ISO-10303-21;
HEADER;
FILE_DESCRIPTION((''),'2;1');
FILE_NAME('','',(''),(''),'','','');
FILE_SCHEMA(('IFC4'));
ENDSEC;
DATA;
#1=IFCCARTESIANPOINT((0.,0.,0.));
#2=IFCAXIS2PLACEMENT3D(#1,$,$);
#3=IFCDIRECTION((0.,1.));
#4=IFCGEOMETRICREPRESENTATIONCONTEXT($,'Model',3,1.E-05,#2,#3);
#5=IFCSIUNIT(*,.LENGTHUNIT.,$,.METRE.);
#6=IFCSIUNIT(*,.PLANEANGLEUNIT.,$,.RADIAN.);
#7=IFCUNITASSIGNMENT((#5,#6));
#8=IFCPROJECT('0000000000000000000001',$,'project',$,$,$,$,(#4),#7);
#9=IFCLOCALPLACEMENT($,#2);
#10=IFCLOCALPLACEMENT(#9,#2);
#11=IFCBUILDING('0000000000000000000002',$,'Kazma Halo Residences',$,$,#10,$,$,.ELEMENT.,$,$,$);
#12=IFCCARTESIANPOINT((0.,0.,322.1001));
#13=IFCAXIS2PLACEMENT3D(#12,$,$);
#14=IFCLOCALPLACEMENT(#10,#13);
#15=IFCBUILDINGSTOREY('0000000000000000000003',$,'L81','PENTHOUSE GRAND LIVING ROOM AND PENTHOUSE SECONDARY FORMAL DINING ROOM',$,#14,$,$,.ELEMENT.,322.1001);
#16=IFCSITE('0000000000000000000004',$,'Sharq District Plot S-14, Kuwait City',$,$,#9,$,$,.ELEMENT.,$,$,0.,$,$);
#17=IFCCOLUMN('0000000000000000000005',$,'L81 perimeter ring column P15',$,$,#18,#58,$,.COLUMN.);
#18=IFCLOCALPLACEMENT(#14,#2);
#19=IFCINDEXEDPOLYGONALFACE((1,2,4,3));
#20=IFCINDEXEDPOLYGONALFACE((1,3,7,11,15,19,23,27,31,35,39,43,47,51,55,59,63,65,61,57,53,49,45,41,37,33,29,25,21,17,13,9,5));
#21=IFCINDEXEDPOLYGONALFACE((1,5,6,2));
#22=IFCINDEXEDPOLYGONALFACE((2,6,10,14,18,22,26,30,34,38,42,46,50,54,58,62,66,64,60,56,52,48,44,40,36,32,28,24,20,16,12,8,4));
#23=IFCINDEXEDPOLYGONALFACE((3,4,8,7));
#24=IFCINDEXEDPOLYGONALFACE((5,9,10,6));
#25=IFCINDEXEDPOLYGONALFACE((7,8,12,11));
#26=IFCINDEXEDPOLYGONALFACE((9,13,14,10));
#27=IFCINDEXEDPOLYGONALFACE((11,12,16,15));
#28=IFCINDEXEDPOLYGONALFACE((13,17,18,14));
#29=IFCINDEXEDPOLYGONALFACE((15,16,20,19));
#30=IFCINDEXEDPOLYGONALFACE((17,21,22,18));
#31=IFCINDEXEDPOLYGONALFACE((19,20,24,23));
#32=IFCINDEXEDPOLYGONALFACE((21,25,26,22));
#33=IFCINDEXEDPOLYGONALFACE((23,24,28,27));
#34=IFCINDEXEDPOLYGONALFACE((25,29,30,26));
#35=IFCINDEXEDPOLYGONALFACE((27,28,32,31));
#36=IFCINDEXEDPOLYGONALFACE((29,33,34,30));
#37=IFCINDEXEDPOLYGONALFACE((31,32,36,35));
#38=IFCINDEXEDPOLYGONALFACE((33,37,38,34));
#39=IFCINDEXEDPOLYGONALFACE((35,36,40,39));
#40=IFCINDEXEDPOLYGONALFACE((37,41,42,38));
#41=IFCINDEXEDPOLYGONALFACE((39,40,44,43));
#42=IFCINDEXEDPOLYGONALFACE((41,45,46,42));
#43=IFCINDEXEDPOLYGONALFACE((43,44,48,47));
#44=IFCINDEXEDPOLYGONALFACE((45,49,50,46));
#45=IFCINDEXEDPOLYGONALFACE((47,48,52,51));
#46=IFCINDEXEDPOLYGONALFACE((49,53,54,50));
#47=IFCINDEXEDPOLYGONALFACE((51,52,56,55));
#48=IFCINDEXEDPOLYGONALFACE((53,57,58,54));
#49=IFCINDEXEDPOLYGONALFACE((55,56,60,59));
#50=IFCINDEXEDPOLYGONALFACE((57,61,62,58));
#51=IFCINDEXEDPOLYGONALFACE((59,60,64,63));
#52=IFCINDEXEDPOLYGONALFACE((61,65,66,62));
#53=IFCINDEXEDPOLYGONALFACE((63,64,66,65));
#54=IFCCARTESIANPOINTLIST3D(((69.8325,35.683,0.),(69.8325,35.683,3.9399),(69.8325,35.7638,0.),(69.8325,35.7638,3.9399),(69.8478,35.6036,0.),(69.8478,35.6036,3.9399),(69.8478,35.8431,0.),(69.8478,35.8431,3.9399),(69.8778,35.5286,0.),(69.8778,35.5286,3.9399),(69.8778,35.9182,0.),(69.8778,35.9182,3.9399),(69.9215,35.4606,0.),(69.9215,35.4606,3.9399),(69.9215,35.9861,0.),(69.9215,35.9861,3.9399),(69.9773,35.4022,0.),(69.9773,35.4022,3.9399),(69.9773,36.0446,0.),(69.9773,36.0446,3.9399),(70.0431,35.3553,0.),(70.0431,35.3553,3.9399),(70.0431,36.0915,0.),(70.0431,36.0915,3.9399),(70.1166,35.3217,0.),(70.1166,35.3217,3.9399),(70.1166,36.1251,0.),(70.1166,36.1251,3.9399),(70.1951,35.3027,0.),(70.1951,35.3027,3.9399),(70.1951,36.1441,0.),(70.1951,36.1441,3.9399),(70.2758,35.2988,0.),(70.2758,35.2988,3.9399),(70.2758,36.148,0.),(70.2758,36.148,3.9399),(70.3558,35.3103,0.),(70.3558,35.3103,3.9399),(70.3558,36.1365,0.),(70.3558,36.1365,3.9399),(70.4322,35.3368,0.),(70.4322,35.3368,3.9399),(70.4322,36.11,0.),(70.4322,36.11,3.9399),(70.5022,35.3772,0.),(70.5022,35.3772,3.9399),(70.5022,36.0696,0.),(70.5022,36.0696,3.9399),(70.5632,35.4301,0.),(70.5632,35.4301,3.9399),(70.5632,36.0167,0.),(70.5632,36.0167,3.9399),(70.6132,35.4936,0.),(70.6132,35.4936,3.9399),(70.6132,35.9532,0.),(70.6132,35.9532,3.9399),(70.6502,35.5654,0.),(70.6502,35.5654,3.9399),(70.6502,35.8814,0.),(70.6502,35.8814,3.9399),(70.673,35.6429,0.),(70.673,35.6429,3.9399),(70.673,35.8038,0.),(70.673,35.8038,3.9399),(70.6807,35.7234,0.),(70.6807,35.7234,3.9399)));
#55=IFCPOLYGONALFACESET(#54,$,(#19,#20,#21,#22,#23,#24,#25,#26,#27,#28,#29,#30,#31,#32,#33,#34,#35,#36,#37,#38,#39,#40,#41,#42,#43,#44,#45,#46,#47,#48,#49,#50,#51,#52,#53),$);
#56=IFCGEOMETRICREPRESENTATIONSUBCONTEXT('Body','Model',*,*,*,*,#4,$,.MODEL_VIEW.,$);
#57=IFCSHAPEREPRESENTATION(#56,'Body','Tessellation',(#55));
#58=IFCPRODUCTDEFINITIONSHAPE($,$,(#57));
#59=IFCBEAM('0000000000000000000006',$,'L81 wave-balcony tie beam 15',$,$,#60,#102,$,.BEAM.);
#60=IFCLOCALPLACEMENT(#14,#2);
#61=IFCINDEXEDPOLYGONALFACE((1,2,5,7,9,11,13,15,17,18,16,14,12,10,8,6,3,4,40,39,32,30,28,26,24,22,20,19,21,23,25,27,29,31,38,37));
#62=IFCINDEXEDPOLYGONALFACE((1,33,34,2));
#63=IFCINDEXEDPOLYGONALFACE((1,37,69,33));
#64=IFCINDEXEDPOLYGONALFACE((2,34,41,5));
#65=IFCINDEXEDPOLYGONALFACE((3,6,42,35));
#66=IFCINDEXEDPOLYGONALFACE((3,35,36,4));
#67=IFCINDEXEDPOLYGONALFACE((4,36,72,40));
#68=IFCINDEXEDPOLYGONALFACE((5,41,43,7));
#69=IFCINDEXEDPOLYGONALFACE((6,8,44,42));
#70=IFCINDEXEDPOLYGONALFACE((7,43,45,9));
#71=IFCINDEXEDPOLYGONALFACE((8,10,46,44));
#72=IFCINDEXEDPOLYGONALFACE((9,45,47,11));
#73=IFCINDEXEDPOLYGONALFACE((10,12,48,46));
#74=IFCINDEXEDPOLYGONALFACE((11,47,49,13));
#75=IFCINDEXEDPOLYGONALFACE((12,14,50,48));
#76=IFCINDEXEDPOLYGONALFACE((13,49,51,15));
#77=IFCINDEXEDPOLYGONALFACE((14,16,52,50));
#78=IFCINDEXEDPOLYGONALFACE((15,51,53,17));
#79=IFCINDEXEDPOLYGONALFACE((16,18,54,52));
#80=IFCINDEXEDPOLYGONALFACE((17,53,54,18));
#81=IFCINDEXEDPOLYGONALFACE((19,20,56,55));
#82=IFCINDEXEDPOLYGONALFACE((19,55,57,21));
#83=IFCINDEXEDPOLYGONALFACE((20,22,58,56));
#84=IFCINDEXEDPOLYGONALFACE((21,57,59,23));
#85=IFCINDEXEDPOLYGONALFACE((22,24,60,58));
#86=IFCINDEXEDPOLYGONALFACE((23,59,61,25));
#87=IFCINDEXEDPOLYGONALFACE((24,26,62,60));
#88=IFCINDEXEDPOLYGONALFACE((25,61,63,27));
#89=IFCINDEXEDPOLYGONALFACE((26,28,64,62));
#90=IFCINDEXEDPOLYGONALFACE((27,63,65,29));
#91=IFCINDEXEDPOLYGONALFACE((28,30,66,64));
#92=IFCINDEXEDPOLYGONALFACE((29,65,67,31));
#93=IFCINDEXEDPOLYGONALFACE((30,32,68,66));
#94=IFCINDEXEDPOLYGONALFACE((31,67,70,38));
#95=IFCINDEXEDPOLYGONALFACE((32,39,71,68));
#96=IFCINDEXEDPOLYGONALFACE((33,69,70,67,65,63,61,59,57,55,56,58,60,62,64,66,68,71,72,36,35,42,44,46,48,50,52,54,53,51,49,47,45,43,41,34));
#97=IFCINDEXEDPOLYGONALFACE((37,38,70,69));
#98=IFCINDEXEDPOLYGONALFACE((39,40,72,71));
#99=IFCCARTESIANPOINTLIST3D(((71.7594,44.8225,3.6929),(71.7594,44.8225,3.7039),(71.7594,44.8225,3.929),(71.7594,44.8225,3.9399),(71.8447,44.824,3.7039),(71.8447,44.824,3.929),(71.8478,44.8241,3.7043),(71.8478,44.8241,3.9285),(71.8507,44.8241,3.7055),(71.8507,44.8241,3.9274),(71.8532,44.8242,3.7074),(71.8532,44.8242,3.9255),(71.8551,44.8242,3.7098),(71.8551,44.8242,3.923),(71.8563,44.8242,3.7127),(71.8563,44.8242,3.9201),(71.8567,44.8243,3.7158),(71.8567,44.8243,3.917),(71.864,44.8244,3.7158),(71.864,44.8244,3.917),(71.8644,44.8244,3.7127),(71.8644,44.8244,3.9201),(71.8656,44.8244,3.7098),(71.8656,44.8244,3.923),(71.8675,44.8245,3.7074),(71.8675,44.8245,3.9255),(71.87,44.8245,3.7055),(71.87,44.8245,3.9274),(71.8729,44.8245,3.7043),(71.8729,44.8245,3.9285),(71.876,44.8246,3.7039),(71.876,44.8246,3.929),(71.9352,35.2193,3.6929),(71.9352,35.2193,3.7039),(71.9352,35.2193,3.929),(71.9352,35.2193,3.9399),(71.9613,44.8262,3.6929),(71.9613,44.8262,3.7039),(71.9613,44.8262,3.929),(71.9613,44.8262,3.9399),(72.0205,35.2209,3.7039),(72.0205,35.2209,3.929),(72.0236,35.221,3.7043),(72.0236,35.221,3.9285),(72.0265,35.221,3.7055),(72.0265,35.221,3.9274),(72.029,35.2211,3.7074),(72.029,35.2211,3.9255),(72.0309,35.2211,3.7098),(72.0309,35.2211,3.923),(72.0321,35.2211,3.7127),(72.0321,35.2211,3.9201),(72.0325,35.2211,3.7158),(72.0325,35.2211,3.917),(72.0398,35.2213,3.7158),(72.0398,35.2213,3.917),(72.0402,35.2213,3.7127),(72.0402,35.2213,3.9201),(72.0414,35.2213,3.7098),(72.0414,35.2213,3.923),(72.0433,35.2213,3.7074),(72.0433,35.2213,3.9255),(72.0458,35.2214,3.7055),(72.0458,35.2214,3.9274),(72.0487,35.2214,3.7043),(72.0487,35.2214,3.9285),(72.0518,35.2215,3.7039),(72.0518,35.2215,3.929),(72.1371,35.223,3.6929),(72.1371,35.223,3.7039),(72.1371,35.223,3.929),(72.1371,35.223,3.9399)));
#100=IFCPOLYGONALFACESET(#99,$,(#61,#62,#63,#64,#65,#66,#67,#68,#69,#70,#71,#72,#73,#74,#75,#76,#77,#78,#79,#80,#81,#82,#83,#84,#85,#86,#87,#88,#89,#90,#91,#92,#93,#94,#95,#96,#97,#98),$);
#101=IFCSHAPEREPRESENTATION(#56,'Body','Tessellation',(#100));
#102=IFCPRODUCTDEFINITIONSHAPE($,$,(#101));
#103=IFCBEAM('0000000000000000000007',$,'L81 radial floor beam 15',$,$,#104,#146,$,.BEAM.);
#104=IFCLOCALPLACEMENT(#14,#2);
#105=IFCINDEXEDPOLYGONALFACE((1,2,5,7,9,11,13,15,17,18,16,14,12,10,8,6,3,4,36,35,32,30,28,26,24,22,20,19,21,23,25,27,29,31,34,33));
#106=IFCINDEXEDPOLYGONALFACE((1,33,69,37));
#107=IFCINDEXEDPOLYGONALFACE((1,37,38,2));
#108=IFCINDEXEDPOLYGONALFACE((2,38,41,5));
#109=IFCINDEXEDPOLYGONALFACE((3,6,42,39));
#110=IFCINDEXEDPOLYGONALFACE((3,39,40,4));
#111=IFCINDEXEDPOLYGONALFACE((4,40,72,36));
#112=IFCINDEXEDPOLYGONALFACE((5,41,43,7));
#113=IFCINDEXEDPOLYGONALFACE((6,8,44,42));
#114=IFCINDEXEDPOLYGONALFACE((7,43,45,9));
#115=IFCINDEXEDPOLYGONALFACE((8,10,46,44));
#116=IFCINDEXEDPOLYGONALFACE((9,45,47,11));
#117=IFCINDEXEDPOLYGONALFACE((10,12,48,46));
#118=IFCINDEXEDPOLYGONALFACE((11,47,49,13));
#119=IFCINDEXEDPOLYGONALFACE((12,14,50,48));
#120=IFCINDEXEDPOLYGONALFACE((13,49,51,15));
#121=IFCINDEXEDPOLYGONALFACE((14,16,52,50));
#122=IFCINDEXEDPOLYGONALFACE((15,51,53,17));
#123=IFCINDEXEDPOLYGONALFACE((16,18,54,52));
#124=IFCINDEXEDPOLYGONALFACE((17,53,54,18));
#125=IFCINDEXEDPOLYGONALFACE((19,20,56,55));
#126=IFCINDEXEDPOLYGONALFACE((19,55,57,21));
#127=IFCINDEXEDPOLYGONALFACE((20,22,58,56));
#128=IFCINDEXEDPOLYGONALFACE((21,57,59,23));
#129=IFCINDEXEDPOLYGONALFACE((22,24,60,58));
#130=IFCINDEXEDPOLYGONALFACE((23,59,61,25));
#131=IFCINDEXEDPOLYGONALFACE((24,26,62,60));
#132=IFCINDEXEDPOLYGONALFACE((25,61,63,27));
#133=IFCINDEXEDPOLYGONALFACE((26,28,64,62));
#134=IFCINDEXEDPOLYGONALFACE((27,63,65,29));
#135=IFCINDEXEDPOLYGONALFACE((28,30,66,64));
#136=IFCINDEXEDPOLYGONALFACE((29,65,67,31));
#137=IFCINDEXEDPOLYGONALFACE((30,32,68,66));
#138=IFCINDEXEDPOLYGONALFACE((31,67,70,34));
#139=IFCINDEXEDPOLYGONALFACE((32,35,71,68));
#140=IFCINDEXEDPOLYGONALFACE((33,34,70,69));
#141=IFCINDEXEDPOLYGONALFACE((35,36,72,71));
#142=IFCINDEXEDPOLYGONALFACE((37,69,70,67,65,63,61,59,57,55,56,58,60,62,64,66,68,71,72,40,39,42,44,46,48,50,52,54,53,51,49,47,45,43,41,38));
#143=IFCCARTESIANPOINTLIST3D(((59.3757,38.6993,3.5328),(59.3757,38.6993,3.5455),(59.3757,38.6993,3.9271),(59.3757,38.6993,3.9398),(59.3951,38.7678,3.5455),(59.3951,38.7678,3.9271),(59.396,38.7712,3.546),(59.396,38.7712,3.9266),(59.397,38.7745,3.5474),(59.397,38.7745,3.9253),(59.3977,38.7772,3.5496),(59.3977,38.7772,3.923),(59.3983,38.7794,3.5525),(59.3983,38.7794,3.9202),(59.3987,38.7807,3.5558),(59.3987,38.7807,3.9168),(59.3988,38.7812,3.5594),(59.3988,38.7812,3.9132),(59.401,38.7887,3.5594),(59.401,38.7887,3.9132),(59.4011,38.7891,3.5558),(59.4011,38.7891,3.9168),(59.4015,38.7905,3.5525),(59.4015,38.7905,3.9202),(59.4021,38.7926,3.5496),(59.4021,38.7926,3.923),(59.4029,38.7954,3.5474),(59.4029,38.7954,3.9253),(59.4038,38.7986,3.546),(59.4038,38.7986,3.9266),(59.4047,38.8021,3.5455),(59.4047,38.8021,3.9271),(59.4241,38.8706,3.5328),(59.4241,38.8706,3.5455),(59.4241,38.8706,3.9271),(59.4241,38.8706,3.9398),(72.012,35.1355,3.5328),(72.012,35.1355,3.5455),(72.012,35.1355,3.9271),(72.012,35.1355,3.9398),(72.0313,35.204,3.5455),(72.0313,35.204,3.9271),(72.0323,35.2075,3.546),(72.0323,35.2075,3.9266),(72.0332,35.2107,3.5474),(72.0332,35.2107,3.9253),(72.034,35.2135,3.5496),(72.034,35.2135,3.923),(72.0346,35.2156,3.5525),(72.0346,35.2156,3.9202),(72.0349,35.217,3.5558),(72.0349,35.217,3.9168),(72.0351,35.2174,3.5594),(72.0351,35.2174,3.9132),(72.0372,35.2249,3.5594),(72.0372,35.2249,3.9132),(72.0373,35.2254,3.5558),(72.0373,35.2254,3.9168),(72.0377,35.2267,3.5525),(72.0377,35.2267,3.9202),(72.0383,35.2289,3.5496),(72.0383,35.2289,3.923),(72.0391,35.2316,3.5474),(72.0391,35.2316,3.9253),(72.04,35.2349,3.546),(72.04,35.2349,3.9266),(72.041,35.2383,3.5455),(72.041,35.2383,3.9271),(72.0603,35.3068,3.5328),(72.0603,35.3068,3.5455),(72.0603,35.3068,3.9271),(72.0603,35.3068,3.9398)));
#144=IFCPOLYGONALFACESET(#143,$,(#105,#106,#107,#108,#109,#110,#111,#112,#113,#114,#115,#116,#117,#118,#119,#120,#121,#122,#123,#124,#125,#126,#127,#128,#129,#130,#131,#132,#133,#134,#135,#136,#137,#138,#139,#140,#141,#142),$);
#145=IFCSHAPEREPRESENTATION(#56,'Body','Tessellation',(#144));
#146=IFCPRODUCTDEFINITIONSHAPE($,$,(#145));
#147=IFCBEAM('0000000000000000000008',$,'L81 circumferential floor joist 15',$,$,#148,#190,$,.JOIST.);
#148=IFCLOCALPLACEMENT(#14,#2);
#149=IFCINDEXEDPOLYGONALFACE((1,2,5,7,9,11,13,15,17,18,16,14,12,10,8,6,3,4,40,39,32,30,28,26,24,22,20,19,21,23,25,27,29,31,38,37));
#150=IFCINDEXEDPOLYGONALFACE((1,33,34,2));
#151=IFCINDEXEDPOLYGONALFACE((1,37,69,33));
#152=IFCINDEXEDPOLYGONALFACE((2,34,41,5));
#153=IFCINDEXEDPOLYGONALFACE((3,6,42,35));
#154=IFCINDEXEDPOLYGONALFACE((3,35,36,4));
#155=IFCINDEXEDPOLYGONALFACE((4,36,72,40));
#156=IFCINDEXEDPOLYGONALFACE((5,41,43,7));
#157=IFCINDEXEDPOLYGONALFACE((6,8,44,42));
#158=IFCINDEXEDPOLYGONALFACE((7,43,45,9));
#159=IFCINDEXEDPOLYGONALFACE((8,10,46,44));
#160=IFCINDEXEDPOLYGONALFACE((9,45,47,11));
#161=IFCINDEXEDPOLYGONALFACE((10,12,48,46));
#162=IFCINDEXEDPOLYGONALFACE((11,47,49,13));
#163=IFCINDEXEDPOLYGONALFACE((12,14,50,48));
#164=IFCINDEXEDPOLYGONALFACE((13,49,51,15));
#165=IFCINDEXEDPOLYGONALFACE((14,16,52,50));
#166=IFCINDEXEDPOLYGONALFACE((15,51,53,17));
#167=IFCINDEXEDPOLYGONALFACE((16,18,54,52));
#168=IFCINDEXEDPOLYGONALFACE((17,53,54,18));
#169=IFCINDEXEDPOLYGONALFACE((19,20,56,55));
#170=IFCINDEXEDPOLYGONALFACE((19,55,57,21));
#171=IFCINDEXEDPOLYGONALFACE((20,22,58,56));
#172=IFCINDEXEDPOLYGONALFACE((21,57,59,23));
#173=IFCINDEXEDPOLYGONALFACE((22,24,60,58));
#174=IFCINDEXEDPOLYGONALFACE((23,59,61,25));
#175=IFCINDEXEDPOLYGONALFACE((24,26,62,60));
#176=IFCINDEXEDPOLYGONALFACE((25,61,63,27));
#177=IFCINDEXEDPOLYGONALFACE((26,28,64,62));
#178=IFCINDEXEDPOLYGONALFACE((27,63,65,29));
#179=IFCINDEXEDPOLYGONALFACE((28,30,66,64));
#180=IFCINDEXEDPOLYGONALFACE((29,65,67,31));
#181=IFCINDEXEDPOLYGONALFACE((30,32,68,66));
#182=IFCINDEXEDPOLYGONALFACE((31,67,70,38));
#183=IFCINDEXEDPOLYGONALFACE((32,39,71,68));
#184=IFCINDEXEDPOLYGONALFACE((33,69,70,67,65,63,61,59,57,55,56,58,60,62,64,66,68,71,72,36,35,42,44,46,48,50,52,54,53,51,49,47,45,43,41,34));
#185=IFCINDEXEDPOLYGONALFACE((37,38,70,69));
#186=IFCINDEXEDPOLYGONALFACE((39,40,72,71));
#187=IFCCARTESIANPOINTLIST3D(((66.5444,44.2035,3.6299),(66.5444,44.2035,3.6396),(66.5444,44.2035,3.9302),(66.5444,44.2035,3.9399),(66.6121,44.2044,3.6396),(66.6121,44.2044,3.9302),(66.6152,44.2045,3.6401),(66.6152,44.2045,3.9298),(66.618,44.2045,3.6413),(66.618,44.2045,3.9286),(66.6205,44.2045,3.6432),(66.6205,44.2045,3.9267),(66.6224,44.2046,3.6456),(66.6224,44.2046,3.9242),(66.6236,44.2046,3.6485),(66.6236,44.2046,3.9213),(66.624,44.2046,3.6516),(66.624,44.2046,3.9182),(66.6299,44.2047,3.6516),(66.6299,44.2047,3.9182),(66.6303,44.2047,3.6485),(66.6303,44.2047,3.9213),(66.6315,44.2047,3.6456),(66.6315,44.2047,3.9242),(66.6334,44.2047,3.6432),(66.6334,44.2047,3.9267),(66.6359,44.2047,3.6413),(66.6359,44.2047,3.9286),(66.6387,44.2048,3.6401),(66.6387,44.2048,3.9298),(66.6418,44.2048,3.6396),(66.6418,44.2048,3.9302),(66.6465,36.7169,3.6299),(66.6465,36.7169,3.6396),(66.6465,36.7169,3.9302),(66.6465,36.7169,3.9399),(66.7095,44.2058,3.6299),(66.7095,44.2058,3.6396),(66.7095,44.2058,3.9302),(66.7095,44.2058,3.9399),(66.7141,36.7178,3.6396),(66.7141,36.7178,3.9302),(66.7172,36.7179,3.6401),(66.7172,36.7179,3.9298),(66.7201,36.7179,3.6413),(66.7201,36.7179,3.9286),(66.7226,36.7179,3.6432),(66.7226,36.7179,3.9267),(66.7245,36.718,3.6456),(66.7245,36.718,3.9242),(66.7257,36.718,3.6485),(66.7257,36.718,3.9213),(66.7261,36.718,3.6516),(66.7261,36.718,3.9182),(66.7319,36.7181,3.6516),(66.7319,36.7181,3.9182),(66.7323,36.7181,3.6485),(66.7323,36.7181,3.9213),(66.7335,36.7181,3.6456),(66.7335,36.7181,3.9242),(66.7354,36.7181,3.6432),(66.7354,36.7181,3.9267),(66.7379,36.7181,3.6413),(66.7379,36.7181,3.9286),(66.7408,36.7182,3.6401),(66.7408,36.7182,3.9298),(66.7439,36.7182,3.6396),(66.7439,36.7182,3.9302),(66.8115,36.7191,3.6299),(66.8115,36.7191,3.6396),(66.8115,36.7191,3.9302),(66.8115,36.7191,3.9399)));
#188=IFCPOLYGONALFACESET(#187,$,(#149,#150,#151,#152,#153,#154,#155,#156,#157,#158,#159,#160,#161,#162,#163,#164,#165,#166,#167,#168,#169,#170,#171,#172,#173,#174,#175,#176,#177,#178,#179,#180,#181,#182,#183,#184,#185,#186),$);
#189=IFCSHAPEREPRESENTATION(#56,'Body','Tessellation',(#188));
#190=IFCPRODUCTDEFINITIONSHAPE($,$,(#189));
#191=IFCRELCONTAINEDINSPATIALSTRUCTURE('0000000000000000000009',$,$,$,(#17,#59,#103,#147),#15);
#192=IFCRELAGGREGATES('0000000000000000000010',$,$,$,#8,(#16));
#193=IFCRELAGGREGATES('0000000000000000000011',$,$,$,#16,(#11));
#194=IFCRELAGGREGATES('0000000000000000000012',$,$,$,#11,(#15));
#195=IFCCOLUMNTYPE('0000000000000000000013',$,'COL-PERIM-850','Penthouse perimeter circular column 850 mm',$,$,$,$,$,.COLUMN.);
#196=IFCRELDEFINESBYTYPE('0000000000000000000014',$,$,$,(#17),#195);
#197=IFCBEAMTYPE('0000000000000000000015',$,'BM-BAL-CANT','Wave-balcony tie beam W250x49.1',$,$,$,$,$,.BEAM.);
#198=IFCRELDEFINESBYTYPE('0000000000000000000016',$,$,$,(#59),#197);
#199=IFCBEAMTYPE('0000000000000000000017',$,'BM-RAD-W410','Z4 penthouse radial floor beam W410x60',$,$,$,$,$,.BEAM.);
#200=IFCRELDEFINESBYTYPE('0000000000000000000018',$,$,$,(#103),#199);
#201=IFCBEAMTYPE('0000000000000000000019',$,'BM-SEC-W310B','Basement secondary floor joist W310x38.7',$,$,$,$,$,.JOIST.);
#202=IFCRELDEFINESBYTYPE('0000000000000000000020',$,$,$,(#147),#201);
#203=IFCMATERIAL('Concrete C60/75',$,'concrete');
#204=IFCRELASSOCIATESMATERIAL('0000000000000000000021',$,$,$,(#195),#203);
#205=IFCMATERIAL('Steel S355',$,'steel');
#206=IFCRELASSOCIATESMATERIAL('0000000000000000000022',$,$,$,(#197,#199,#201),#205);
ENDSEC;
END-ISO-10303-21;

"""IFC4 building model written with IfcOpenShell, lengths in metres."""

from ifc_helpers import new_model, si_unit, direction, frame, origin, origin_2d, place, context, subcontext, project, spatial, circle, i_section, extrude, material, material_profile, profile_set, type_object, element, save


model = new_model("IFC4")

# Units and contexts
model_context = context("Model", 3, precision=1e-05, world=origin(), true_north=direction((0.0, 1.0)))
body_context = subcontext(model_context, "Body", "Model", "MODEL_VIEW")
ifc_project = project(units=[si_unit("LENGTHUNIT", "METRE"), si_unit("PLANEANGLEUNIT", "RADIAN")], contexts=[model_context])

# Site, building, storey
site_placement = place(None, origin())
site = spatial("IfcSite", under=ifc_project, at=site_placement, Name="Sharq District Plot S-14, Kuwait City", CompositionType="ELEMENT", RefElevation=0.0)
building_placement = place(site_placement, origin())
building = spatial("IfcBuilding", under=site, at=building_placement, Name="Kazma Halo Residences", CompositionType="ELEMENT")
storey_placement = place(building_placement, frame((0.0, 0.0, 322.1001)))
storey = spatial("IfcBuildingStorey", under=building, at=storey_placement, Name="L81", Description="PENTHOUSE GRAND LIVING ROOM AND PENTHOUSE SECONDARY FORMAL DINING ROOM", CompositionType="ELEMENT", Elevation=322.1001)

# Column
ifc_material_1 = material(Name="Concrete C60/75", Category="concrete")
ifc_material_profile_1 = material_profile(ifc_material_1, circle(Radius=0.425, at=origin_2d()), Name="CIRC850")
ifc_profile_set_1 = profile_set([ifc_material_profile_1], Name="Concrete C60/75")
column_type = type_object("IfcColumnType", Name="COL-PERIM-850", Description="Penthouse perimeter circular column 850 mm", PredefinedType="COLUMN", material=ifc_profile_set_1)
column_placement = place(storey_placement, frame((70.2556, 35.7234, 0.0), z_axis=(0.0, 0.0, 1.0), x_axis=(1.0, 0.0, 0.0)))
element("IfcColumn", 1, at=column_placement, inside=storey, type_object=column_type, Name="L81 perimeter ring column P15", PredefinedType="COLUMN", context=body_context, shape_type="SweptSolid", body=[
    extrude(circle(Radius=0.425, at=origin_2d()), origin(), (0.0, 0.0, 1.0), 3.9399),
])

# Beams
ifc_material_2 = material(Name="Steel S355", Category="steel")
ifc_material_profile_2 = material_profile(ifc_material_2, i_section(OverallWidth=0.2019, OverallDepth=0.2471, WebThickness=0.0073, FlangeThickness=0.011, FilletRadius=0.012, at=origin_2d()), Name="W250x49.1")
ifc_profile_set_2 = profile_set([ifc_material_profile_2], Name="Steel S355")
beam_type_1 = type_object("IfcBeamType", Name="BM-BAL-CANT", Description="Wave-balcony tie beam W250x49.1", PredefinedType="BEAM", material=ifc_profile_set_2)
beam_1_placement = place(storey_placement, frame((72.0361, 35.2212, 3.8164), z_axis=(-0.018302, 0.999833, 0.0), x_axis=(-0.999833, -0.018302, 0.0)))
element("IfcBeam", 2, at=beam_1_placement, inside=storey, type_object=beam_type_1, Name="L81 wave-balcony tie beam 15", PredefinedType="BEAM", context=body_context, shape_type="SweptSolid", body=[
    extrude(i_section(OverallWidth=0.2019, OverallDepth=0.2471, WebThickness=0.0073, FlangeThickness=0.011, FilletRadius=0.012, at=origin_2d()), origin(), (0.0, 0.0, 1.0), 9.6047),
])
ifc_material_profile_3 = material_profile(ifc_material_2, i_section(OverallWidth=0.178, OverallDepth=0.407, WebThickness=0.0078, FlangeThickness=0.0127, FilletRadius=0.0139, at=origin_2d()), Name="W410x60")
ifc_profile_set_3 = profile_set([ifc_material_profile_3], Name="Steel S355")
beam_type_2 = type_object("IfcBeamType", Name="BM-RAD-W410", Description="Z4 penthouse radial floor beam W410x60", PredefinedType="BEAM", material=ifc_profile_set_3)
beam_2_placement = place(storey_placement, frame((59.3999, 38.7849, 3.7363), z_axis=(0.962457, -0.271436, 0.0), x_axis=(0.271436, 0.962457, 0.0)))
element("IfcBeam", 3, at=beam_2_placement, inside=storey, type_object=beam_type_2, Name="L81 radial floor beam 15", PredefinedType="BEAM", context=body_context, shape_type="SweptSolid", body=[
    extrude(i_section(OverallWidth=0.178, OverallDepth=0.407, WebThickness=0.0078, FlangeThickness=0.0127, FilletRadius=0.0139, at=origin_2d()), origin(), (0.0, 0.0, 1.0), 13.1292),
])
ifc_material_profile_4 = material_profile(ifc_material_2, i_section(OverallWidth=0.165, OverallDepth=0.3101, WebThickness=0.0059, FlangeThickness=0.0098, FilletRadius=0.012, at=origin_2d()), Name="W310x38.7")
ifc_profile_set_4 = profile_set([ifc_material_profile_4], Name="Steel S355")
beam_type_3 = type_object("IfcBeamType", Name="BM-SEC-W310B", Description="Basement secondary floor joist W310x38.7", PredefinedType="JOIST", material=ifc_profile_set_4)
beam_3_placement = place(storey_placement, frame((66.729, 36.718, 3.7849), z_axis=(-0.01363, 0.999907, 0.0), x_axis=(-0.999907, -0.01363, 0.0)))
element("IfcBeam", 4, at=beam_3_placement, inside=storey, type_object=beam_type_3, Name="L81 circumferential floor joist 15", PredefinedType="JOIST", context=body_context, shape_type="SweptSolid", body=[
    extrude(i_section(OverallWidth=0.165, OverallDepth=0.3101, WebThickness=0.0059, FlangeThickness=0.0098, FilletRadius=0.012, at=origin_2d()), origin(), (0.0, 0.0, 1.0), 7.4873),
])

save(model, "model.ifc")
